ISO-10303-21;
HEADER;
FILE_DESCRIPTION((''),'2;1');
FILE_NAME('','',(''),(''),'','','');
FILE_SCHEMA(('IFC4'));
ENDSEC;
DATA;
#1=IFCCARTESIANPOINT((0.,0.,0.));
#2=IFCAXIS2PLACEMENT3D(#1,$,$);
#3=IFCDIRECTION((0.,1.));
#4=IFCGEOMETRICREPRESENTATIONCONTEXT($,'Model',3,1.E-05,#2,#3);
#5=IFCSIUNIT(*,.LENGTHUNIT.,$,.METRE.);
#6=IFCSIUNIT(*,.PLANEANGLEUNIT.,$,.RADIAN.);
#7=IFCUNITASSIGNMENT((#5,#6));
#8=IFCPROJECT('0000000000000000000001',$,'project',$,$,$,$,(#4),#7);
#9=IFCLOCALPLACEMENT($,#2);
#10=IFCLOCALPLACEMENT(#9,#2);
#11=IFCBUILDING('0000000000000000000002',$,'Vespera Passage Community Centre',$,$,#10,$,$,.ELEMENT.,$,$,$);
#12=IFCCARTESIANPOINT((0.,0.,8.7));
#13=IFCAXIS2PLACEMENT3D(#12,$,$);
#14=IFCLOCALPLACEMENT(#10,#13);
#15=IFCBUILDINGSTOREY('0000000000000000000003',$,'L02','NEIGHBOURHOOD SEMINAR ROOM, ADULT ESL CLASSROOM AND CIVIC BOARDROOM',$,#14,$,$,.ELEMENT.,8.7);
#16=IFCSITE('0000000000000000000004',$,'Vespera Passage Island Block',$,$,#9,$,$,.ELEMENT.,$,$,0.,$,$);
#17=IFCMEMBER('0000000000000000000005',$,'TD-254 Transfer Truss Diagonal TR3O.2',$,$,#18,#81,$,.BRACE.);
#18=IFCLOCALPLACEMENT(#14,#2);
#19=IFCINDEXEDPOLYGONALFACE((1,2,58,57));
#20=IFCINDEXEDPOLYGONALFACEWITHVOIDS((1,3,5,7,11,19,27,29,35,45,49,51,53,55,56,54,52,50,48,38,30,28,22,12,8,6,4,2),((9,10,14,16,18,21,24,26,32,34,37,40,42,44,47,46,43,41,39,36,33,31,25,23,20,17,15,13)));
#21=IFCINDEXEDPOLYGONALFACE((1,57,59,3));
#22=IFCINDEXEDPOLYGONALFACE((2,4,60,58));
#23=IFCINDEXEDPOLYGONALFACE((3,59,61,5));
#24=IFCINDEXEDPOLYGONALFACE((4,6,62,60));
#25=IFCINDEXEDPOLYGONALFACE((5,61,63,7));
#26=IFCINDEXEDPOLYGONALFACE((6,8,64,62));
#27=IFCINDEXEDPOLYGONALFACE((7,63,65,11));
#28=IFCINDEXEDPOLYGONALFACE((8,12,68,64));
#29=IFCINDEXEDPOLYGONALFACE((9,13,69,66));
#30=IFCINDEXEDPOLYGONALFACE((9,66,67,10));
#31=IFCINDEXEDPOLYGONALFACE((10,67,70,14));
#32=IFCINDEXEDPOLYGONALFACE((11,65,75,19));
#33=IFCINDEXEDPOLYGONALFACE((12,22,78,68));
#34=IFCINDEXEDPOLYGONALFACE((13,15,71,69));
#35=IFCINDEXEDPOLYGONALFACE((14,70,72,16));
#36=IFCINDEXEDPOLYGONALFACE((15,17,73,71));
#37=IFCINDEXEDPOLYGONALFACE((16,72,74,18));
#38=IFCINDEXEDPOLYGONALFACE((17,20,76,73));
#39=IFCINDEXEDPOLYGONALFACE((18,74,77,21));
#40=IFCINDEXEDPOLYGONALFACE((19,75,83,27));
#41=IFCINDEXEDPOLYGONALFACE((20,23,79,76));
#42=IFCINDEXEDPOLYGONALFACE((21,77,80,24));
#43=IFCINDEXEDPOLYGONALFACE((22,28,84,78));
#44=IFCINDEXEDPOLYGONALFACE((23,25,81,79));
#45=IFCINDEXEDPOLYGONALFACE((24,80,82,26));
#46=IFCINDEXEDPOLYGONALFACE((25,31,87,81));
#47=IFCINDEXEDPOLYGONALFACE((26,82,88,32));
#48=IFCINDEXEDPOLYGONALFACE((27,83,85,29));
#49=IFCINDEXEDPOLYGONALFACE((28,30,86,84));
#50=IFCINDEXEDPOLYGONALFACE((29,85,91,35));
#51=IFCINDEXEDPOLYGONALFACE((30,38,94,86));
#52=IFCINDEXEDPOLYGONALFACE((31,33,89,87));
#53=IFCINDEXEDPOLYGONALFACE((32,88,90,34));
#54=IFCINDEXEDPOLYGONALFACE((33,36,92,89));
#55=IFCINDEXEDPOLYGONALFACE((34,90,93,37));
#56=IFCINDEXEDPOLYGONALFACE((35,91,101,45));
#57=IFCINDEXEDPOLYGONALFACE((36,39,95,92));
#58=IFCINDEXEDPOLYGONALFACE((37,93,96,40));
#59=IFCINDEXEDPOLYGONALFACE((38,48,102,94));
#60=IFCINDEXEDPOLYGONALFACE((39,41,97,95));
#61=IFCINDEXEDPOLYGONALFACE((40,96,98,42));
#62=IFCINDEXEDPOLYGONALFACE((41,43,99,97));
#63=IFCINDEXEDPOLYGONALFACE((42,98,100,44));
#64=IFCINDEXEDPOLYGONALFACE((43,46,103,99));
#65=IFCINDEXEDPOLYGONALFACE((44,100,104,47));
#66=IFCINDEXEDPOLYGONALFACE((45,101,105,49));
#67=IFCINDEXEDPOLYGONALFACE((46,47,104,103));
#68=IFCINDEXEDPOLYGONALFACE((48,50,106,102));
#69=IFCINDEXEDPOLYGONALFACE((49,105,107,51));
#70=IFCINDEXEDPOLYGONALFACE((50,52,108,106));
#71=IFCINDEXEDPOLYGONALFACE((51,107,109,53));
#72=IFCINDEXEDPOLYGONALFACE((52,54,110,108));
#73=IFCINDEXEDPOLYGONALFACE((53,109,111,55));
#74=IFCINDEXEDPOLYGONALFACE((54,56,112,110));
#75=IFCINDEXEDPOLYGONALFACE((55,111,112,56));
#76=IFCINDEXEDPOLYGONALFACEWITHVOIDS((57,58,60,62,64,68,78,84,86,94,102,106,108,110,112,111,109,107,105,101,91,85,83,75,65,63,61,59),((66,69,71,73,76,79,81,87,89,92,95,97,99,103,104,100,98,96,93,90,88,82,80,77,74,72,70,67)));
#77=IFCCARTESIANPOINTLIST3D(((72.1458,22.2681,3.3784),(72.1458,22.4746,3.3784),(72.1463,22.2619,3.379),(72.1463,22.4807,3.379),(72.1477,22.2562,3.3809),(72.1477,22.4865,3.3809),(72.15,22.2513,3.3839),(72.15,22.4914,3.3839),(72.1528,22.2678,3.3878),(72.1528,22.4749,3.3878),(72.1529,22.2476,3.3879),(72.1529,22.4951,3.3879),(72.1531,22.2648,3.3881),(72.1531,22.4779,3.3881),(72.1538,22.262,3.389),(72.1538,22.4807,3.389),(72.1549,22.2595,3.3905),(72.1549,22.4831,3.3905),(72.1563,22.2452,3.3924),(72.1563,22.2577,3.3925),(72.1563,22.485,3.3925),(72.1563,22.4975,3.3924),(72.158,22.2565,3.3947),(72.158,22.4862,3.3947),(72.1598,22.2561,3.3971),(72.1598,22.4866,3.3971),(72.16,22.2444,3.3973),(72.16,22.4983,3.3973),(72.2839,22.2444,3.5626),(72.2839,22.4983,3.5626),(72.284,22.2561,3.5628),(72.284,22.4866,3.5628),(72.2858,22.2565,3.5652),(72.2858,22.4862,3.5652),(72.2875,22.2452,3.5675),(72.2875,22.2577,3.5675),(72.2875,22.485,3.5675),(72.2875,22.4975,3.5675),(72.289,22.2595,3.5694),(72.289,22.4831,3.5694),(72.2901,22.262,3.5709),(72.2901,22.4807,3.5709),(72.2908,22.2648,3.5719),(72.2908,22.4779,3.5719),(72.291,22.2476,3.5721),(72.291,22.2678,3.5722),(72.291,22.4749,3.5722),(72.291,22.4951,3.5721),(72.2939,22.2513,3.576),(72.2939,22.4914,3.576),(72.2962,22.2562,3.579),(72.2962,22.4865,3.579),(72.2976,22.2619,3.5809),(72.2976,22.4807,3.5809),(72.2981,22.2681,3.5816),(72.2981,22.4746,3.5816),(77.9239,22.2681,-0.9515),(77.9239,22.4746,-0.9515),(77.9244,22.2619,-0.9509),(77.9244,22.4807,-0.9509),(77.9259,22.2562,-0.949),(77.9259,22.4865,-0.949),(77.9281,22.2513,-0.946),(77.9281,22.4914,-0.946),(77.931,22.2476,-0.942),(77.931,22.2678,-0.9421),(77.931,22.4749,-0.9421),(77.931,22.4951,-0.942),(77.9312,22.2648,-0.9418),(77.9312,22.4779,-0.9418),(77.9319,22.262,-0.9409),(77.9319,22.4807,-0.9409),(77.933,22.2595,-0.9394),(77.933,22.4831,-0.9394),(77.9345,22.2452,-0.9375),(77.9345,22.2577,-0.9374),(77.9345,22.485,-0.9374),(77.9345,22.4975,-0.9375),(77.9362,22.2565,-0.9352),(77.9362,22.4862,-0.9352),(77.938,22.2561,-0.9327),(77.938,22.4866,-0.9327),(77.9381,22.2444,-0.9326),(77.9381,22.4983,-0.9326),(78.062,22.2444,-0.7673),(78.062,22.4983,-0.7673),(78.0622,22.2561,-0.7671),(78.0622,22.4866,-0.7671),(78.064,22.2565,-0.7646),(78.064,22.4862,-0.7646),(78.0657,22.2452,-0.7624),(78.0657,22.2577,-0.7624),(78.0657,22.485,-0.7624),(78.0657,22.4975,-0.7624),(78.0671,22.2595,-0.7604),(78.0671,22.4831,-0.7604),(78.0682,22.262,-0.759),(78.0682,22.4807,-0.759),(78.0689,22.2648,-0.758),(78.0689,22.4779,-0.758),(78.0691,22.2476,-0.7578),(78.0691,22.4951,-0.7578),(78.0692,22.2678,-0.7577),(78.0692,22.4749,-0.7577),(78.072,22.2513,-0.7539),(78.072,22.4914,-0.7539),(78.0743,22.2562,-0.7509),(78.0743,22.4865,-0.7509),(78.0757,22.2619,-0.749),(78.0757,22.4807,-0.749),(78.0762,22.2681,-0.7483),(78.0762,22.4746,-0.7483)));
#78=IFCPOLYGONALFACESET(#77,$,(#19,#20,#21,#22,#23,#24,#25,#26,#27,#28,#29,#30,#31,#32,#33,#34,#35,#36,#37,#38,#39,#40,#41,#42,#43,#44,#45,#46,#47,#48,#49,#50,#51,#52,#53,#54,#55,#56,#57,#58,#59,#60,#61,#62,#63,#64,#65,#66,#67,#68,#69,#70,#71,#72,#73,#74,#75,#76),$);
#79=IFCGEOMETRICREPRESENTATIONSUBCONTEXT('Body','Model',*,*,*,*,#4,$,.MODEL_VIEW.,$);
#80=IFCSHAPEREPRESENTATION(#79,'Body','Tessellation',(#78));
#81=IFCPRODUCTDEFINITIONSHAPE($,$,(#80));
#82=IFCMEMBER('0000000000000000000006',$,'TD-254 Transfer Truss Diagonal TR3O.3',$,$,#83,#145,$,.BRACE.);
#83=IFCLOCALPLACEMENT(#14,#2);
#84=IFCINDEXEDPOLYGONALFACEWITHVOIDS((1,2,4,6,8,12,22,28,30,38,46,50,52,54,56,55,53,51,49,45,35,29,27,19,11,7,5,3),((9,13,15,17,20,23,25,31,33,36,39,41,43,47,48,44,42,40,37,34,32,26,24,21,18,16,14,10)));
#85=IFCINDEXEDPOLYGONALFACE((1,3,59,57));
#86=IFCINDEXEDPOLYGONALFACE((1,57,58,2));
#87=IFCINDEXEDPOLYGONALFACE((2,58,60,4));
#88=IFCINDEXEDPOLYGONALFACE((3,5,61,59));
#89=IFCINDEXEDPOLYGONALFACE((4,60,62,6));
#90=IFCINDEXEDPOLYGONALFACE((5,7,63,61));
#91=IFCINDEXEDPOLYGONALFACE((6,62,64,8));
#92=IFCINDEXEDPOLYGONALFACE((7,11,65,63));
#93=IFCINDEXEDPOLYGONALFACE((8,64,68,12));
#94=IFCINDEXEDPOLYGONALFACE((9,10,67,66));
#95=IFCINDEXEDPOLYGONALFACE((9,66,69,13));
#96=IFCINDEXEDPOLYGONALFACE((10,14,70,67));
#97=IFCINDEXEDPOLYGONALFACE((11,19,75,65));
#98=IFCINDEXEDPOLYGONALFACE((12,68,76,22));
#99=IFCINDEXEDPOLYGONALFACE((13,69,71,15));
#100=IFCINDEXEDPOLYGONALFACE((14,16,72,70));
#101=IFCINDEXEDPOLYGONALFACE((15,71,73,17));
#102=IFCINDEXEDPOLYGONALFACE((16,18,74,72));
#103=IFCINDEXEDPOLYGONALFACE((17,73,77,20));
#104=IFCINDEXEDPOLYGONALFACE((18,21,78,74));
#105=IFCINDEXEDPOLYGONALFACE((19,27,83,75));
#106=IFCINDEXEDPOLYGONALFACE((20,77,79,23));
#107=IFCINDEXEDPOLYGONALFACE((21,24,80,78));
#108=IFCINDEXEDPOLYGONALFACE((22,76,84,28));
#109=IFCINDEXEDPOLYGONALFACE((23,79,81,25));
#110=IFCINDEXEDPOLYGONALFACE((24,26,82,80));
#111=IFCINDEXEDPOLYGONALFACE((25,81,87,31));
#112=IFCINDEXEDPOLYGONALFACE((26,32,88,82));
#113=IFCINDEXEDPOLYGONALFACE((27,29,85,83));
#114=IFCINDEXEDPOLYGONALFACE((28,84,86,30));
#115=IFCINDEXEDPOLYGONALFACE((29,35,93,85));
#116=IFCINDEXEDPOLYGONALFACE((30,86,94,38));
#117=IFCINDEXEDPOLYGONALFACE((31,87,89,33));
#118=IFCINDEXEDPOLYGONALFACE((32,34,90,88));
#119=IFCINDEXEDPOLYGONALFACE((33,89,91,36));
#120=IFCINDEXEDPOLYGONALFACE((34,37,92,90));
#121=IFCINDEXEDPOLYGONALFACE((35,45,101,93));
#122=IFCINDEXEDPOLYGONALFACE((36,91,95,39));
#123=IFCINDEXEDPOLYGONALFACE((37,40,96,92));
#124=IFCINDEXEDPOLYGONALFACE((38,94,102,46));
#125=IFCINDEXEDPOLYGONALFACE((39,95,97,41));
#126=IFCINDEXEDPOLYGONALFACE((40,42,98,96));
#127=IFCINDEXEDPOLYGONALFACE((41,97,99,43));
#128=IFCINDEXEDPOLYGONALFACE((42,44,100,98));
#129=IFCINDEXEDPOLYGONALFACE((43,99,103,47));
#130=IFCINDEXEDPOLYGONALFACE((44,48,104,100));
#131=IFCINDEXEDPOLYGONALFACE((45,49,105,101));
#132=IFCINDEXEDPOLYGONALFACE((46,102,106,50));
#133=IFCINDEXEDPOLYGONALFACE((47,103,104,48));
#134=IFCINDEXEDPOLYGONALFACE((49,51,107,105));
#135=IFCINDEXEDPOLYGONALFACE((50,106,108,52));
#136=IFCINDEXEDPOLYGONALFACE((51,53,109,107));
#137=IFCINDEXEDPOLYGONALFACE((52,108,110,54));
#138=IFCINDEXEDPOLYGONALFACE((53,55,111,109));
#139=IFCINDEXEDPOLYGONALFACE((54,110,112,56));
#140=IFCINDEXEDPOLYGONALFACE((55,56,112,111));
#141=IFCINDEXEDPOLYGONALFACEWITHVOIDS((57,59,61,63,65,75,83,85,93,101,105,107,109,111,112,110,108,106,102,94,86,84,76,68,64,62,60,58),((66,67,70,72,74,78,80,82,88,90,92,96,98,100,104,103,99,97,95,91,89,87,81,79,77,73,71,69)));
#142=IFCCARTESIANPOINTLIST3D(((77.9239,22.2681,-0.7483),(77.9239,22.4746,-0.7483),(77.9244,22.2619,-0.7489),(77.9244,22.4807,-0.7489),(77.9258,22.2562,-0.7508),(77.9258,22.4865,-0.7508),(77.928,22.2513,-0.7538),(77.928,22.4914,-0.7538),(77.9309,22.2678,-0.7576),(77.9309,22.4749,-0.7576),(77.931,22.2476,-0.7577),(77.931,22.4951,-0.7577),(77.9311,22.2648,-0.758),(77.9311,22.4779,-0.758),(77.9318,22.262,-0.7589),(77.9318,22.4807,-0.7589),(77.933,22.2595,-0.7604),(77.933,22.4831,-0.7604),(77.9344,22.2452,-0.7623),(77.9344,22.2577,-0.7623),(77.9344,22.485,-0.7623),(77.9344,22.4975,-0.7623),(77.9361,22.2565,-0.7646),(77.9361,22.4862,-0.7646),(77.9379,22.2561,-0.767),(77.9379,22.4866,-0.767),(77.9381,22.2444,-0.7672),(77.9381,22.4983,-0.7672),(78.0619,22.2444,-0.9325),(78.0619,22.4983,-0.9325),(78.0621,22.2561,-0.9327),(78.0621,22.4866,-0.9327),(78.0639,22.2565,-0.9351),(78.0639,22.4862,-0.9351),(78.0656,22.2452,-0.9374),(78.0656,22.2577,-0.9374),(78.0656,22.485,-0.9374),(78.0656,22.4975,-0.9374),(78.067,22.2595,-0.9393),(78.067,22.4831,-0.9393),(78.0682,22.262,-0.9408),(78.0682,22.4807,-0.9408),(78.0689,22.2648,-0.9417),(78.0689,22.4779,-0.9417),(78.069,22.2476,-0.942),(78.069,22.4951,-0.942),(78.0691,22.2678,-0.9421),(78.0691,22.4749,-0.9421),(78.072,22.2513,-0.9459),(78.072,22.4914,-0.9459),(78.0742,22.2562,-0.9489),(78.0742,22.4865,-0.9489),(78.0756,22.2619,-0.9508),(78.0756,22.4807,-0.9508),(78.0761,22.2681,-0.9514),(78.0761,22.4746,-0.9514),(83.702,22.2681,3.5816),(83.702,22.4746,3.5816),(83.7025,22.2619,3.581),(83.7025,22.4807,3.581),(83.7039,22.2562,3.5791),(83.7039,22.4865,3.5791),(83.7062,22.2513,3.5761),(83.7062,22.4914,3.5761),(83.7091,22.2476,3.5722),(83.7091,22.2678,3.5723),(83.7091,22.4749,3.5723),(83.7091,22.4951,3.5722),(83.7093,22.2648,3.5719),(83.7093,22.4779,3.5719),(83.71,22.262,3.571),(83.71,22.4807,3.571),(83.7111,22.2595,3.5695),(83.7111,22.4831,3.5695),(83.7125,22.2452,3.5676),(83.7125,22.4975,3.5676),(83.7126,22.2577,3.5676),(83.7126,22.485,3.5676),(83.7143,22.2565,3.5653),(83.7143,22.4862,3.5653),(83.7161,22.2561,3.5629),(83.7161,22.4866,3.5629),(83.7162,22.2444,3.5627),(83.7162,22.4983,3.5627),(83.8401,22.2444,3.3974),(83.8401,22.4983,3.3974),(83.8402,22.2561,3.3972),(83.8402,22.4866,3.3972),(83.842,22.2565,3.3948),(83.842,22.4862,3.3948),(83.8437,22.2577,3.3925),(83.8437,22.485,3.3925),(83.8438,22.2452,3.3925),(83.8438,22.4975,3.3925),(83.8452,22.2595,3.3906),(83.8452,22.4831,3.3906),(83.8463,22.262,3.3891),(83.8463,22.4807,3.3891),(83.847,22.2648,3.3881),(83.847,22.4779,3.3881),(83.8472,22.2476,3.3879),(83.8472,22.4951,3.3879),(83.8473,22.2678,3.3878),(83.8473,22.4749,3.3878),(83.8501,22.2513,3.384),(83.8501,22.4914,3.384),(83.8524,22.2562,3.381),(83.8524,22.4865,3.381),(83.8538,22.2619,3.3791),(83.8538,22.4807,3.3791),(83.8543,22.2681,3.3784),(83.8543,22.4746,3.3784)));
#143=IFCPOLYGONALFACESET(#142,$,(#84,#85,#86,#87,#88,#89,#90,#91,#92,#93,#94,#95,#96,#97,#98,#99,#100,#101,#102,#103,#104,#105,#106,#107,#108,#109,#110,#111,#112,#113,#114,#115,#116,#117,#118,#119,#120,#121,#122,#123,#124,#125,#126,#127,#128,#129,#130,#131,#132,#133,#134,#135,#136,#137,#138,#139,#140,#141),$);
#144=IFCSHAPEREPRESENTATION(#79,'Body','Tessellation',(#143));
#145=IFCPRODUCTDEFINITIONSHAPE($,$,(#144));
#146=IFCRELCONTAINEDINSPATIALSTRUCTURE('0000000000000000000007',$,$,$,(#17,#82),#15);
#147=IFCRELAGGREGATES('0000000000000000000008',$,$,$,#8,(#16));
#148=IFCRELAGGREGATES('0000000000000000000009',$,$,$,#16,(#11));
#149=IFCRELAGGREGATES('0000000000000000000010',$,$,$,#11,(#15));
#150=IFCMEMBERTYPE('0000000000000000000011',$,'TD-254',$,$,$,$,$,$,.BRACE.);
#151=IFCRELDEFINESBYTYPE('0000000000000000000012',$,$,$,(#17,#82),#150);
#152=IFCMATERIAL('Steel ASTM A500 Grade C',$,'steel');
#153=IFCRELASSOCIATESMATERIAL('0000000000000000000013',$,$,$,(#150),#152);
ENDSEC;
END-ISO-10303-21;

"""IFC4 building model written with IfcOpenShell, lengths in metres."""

from ifc_helpers import new_model, si_unit, direction, frame, origin, origin_2d, place, context, subcontext, project, spatial, hollow_rectangle, extrude, material, material_profile, profile_set, type_object, element, save


model = new_model("IFC4")

# Units and contexts
model_context = context("Model", 3, precision=1e-05, world=origin(), true_north=direction((0.0, 1.0)))
body_context = subcontext(model_context, "Body", "Model", "MODEL_VIEW")
ifc_project = project(units=[si_unit("LENGTHUNIT", "METRE"), si_unit("PLANEANGLEUNIT", "RADIAN")], contexts=[model_context])

# Site, building, storey
site_placement = place(None, origin())
site = spatial("IfcSite", under=ifc_project, at=site_placement, Name="Vespera Passage Island Block", CompositionType="ELEMENT", RefElevation=0.0)
building_placement = place(site_placement, origin())
building = spatial("IfcBuilding", under=site, at=building_placement, Name="Vespera Passage Community Centre", CompositionType="ELEMENT")
storey_placement = place(building_placement, frame((0.0, 0.0, 8.7)))
storey = spatial("IfcBuildingStorey", under=building, at=storey_placement, Name="L02", Description="NEIGHBOURHOOD SEMINAR ROOM, ADULT ESL CLASSROOM AND CIVIC BOARDROOM", CompositionType="ELEMENT", Elevation=8.7)

# Members
ifc_material_1 = material(Name="Steel ASTM A500 Grade C", Category="steel")
ifc_material_profile_1 = material_profile(ifc_material_1, hollow_rectangle(XDim=0.2539, YDim=0.2539, WallThickness=0.0117, InnerFilletRadius=0.0117, OuterFilletRadius=0.0237, at=origin_2d()), Name="HSS254X254X12.7")
ifc_profile_set_1 = profile_set([ifc_material_profile_1], Name="Steel ASTM A500 Grade C")
member_type_1 = type_object("IfcMemberType", Name="TD-254", PredefinedType="BRACE", material=ifc_profile_set_1)
for number, where, z_axis, x_axis, name in (
    (1, (72.2219, 22.3713, 3.48), (0.800247, 0.0, -0.59967), (0.0, 1.0, 0.0), "TD-254 Transfer Truss Diagonal TR3O.2"),
    (2, (78.0, 22.3713, -0.8499), (0.800247, 0.0, 0.59967), (0.0, 1.0, 0.0), "TD-254 Transfer Truss Diagonal TR3O.3"),
):
    element("IfcMember", number, at=place(storey_placement, frame(where, z_axis=z_axis, x_axis=x_axis)), inside=storey, type_object=member_type_1, Name=name, PredefinedType="BRACE", context=body_context, shape_type="SweptSolid", body=[
        extrude(hollow_rectangle(XDim=0.2539, YDim=0.2539, WallThickness=0.0117, InnerFilletRadius=0.0117, OuterFilletRadius=0.0237, at=origin_2d()), origin(), (0.0, 0.0, 1.0), 7.2205),
    ])

save(model, "model.ifc")
